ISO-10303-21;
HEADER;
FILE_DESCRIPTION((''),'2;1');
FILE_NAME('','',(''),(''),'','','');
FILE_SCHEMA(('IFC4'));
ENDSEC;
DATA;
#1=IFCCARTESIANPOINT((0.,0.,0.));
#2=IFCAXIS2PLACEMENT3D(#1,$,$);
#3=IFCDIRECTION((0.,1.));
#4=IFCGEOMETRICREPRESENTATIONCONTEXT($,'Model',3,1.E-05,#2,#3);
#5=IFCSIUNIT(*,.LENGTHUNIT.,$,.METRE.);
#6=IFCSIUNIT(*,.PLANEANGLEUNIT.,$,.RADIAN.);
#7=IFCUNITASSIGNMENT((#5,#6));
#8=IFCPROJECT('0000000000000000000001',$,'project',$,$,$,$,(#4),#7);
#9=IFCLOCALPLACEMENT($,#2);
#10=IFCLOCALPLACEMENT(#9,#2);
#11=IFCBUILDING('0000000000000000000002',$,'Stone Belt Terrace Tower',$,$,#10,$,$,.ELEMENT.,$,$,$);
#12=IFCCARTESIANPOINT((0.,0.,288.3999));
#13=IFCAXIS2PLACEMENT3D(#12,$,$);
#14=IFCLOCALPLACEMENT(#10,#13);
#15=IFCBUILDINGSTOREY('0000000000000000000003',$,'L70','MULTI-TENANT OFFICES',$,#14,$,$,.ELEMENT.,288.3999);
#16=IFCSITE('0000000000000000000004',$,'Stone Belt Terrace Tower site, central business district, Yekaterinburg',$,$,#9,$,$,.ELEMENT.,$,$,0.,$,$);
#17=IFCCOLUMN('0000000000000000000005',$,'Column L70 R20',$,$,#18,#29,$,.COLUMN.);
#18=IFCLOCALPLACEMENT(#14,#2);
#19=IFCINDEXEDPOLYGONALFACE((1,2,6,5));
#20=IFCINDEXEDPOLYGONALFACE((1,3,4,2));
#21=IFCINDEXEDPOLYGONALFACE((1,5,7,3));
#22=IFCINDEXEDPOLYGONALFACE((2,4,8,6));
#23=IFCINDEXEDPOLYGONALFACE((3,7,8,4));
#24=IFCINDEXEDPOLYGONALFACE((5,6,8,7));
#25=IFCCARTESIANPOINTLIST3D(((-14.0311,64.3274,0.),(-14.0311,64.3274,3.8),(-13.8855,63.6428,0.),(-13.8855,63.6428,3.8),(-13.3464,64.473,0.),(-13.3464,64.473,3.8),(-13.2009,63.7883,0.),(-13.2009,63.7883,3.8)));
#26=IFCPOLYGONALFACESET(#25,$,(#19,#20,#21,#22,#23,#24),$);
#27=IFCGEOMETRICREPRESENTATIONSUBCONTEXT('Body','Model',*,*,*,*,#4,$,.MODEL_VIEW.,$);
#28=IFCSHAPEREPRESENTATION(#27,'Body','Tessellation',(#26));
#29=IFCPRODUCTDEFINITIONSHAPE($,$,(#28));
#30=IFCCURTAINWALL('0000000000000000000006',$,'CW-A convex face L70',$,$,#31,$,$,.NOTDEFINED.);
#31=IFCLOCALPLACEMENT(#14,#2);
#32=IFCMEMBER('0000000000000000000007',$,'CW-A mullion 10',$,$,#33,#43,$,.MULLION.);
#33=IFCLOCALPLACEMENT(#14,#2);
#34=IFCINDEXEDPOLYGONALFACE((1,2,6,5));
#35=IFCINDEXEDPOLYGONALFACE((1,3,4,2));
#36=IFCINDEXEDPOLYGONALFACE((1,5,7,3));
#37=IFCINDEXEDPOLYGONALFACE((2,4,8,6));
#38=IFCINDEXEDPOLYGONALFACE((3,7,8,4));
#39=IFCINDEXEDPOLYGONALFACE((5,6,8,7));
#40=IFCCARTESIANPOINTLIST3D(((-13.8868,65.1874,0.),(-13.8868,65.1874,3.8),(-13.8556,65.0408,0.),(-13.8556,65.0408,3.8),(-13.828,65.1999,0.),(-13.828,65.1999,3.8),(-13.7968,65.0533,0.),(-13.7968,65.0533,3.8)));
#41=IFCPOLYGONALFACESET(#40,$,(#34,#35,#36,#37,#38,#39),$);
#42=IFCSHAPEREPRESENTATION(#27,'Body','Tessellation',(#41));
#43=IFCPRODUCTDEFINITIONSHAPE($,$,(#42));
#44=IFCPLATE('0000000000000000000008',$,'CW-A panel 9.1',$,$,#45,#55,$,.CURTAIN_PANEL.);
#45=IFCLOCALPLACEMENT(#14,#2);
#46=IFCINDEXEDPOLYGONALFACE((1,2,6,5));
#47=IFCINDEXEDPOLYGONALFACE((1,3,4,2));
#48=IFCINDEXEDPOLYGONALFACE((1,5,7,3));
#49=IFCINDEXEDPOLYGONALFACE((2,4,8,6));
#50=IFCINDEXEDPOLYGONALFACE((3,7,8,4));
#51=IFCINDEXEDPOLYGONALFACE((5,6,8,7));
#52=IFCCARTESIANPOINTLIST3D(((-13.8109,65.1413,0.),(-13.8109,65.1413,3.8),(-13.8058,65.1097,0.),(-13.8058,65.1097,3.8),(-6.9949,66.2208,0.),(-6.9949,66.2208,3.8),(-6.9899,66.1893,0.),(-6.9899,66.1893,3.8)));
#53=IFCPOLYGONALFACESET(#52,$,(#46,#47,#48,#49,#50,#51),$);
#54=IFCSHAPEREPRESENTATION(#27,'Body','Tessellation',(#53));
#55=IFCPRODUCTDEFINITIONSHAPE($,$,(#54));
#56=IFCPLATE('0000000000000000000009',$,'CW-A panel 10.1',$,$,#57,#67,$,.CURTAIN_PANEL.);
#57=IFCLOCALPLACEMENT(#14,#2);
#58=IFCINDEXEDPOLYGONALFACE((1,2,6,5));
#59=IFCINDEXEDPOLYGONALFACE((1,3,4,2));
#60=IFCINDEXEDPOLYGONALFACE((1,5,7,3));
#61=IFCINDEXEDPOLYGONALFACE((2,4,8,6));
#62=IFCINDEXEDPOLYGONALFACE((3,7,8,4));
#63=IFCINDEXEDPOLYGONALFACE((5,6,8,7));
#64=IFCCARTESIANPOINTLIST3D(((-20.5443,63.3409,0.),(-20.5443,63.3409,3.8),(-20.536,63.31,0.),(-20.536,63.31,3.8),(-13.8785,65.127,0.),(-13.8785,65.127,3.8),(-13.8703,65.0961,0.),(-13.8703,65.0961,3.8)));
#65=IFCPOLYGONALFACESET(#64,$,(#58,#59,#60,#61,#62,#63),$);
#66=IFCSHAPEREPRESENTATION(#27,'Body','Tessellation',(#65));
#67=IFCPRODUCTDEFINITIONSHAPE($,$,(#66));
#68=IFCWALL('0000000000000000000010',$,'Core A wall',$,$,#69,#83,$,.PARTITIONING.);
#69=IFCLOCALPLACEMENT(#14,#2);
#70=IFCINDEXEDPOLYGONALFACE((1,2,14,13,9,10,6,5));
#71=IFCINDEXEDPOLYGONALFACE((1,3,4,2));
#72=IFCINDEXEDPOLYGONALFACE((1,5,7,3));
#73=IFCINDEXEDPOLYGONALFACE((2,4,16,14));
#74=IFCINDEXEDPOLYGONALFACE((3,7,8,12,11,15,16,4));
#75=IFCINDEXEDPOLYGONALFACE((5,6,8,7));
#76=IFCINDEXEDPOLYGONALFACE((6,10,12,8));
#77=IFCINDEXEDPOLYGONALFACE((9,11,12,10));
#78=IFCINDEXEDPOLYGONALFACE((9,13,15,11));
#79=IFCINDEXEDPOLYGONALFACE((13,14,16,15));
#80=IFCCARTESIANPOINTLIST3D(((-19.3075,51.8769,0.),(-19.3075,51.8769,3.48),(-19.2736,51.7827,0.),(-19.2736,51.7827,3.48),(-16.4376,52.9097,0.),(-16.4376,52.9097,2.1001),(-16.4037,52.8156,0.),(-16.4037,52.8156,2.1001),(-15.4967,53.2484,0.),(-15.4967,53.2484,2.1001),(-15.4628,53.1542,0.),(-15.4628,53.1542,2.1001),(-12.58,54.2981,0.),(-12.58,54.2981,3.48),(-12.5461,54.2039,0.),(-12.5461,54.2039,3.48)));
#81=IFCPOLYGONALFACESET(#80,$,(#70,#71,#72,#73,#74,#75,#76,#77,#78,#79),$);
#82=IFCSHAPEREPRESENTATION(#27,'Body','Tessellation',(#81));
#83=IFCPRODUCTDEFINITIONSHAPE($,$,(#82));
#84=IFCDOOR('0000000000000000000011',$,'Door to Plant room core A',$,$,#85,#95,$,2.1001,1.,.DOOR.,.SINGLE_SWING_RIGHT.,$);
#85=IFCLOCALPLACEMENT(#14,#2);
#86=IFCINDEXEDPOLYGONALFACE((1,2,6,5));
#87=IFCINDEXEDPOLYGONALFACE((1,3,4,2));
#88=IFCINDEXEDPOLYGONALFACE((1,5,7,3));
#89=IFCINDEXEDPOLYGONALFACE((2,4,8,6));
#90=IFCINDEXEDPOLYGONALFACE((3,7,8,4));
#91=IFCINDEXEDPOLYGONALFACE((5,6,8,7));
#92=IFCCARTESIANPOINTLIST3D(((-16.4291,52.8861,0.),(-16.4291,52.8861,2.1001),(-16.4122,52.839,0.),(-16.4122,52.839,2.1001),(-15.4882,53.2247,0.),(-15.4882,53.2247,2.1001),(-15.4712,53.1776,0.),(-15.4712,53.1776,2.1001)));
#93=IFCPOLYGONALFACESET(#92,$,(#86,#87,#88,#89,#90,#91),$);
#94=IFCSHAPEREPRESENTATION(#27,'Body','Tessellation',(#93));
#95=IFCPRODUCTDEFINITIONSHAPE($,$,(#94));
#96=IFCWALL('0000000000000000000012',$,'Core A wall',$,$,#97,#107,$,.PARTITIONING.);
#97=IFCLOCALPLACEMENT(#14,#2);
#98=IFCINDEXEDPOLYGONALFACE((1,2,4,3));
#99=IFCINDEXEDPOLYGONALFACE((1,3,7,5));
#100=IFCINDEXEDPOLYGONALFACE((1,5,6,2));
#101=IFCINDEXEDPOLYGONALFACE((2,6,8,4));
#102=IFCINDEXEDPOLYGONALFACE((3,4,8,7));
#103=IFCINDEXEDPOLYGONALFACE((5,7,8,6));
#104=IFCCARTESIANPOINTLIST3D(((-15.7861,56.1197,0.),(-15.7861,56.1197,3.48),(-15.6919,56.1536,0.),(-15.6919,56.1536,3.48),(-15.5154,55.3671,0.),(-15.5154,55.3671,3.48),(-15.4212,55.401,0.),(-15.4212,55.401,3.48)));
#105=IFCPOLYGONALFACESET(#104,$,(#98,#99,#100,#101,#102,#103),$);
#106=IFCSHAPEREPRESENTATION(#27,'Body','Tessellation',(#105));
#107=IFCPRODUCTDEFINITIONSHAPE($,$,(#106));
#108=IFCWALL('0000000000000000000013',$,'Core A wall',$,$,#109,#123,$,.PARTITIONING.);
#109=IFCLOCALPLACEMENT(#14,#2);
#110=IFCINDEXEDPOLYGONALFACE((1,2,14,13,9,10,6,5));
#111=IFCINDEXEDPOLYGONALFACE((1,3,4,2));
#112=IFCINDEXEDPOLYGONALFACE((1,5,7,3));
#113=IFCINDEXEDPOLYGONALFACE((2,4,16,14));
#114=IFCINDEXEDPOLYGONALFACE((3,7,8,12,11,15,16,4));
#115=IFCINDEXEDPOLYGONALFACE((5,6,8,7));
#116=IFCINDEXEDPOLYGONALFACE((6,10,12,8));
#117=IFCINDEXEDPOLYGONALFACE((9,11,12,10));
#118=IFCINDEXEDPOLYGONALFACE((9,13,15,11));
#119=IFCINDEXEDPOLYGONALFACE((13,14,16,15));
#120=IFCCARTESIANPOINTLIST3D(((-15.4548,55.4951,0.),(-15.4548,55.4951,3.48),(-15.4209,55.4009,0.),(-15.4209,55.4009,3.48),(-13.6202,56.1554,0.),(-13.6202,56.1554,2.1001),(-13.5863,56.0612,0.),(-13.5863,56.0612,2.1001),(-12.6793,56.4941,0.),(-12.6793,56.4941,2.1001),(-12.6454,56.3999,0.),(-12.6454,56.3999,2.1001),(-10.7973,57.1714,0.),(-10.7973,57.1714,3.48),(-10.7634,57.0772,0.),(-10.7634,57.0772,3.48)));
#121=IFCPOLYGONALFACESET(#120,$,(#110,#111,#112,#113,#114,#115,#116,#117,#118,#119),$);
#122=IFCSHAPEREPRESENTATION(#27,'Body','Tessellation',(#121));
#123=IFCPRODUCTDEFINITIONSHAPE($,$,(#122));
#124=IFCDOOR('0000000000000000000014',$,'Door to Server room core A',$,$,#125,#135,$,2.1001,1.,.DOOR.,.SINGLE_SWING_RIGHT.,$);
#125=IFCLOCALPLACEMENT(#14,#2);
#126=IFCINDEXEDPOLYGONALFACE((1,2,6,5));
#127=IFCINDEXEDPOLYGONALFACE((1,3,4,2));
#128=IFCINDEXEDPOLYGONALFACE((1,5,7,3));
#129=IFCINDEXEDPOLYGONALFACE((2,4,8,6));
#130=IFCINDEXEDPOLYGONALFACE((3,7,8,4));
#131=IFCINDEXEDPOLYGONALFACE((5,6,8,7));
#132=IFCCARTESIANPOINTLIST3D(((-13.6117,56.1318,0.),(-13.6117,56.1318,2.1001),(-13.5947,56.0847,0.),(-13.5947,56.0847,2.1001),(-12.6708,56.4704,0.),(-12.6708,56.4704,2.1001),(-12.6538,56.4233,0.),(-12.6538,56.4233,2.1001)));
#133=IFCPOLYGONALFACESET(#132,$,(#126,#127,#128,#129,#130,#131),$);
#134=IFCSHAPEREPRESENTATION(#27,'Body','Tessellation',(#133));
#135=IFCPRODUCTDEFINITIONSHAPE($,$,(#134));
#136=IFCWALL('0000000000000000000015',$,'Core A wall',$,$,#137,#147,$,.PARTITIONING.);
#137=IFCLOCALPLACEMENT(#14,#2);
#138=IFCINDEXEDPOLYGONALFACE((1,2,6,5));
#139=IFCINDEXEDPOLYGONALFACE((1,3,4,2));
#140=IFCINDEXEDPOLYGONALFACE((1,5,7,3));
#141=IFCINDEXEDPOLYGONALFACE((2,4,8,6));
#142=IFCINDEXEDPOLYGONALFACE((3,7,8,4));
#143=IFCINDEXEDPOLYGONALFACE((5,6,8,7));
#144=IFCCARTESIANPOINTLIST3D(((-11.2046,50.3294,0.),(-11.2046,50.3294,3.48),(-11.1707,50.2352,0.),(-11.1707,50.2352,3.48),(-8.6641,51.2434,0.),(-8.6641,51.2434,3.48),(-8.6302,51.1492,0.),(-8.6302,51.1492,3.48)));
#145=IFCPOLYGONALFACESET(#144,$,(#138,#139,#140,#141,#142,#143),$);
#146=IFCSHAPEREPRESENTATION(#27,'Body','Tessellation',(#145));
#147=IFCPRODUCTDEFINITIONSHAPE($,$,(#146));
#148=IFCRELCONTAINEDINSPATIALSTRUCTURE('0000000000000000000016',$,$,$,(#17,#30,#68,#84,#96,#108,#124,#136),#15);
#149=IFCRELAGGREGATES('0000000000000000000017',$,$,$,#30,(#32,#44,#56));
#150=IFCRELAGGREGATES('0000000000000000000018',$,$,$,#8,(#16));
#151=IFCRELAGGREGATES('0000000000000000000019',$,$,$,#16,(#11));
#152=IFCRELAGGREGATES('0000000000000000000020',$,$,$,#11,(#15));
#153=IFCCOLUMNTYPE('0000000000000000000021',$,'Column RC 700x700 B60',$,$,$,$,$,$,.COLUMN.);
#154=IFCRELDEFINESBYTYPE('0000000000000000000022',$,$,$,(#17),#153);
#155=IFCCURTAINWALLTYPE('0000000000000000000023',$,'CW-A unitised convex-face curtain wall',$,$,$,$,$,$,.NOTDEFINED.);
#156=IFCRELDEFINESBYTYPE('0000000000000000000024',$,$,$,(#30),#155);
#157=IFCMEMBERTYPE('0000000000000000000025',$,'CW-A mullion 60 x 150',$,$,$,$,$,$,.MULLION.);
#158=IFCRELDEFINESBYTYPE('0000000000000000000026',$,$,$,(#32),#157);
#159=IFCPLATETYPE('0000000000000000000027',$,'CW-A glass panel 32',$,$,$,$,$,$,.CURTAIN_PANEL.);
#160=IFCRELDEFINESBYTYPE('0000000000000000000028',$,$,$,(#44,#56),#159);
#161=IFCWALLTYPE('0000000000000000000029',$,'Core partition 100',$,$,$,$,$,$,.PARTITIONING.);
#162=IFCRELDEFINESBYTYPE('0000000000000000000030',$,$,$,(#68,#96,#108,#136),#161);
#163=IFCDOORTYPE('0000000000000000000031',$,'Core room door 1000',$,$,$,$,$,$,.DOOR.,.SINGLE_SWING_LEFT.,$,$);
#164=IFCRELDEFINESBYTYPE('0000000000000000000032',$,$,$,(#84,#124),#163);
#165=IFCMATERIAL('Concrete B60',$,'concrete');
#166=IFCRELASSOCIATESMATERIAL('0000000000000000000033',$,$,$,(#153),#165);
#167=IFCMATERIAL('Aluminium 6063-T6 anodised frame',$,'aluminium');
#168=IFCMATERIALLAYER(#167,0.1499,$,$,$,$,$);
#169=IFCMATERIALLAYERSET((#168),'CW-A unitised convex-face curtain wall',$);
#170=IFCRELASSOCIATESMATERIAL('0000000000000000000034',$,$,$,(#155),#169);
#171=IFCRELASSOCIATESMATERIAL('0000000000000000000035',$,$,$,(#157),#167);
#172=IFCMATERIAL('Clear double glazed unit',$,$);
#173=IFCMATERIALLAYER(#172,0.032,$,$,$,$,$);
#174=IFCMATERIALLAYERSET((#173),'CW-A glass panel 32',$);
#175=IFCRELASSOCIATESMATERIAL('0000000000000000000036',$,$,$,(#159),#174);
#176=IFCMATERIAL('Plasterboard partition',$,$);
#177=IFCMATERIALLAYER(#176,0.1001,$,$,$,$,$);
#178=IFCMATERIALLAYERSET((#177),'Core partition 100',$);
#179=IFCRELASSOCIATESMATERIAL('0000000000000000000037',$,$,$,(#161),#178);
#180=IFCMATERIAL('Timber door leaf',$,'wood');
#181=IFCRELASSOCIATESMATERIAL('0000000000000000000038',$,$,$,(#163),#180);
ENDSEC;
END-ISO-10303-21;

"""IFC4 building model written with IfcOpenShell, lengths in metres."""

from ifc_helpers import new_model, si_unit, direction, frame, frame_2d, origin, origin_2d, place, context, subcontext, project, spatial, rectangle, extrude, material, layer, layer_set, material_profile, profile_set, type_object, element, fill, aggregate, save


model = new_model("IFC4")

# Units and contexts
model_context = context("Model", 3, precision=1e-05, world=origin(), true_north=direction((0.0, 1.0)))
body_context = subcontext(model_context, "Body", "Model", "MODEL_VIEW")
ifc_project = project(units=[si_unit("LENGTHUNIT", "METRE"), si_unit("PLANEANGLEUNIT", "RADIAN")], contexts=[model_context])

# Site, building, storey
site_placement = place(None, origin())
site = spatial("IfcSite", under=ifc_project, at=site_placement, Name="Stone Belt Terrace Tower site, central business district, Yekaterinburg", CompositionType="ELEMENT", RefElevation=0.0)
building_placement = place(site_placement, origin())
building = spatial("IfcBuilding", under=site, at=building_placement, Name="Stone Belt Terrace Tower", CompositionType="ELEMENT")
storey_placement = place(building_placement, frame((0.0, 0.0, 288.3999)))
storey = spatial("IfcBuildingStorey", under=building, at=storey_placement, Name="L70", Description="MULTI-TENANT OFFICES", CompositionType="ELEMENT", Elevation=288.3999)

# Column
ifc_material_1 = material(Name="Concrete B60", Category="concrete")
ifc_material_profile_1 = material_profile(ifc_material_1, rectangle(XDim=0.7, YDim=0.7, at=origin_2d()), Name="RC 700x700")
ifc_profile_set_1 = profile_set([ifc_material_profile_1], Name="Concrete B60")
column_type = type_object("IfcColumnType", Name="Column RC 700x700 B60", PredefinedType="COLUMN", material=ifc_profile_set_1)
column_placement = place(storey_placement, frame((-13.616, 64.0579, 0.0), z_axis=(0.0, 0.0, 1.0), x_axis=(0.978148, 0.207912, 0.0)))
element("IfcColumn", 1, at=column_placement, inside=storey, type_object=column_type, Name="Column L70 R20", PredefinedType="COLUMN", context=body_context, shape_type="SweptSolid", body=[
    extrude(rectangle(XDim=0.7, YDim=0.7, at=origin_2d()), origin(), (0.0, 0.0, 1.0), 3.8),
])

# Curtain wall, member, plates
ifc_material_2 = material(Name="Aluminium 6063-T6 anodised frame", Category="aluminium")
ifc_layer_1 = layer(ifc_material_2, 0.1499)
ifc_layer_set_1 = layer_set([ifc_layer_1], Name="CW-A unitised convex-face curtain wall")
curtain_wall_type = type_object("IfcCurtainWallType", Name="CW-A unitised convex-face curtain wall", PredefinedType="NOTDEFINED", material=ifc_layer_set_1)
curtain_wall_placement = place(storey_placement, origin())
curtain_wall = element("IfcCurtainWall", 2, at=curtain_wall_placement, inside=storey, type_object=curtain_wall_type, Name="CW-A convex face L70", PredefinedType="NOTDEFINED")
ifc_material_profile_2 = material_profile(ifc_material_2, rectangle(XDim=0.1499, YDim=0.0601, at=origin_2d()), Name="Aluminium 6063-T6 60x150")
ifc_profile_set_2 = profile_set([ifc_material_profile_2], Name="Aluminium 6063-T6 anodised frame")
member_type = type_object("IfcMemberType", Name="CW-A mullion 60 x 150", PredefinedType="MULLION", material=ifc_profile_set_2)
member_placement = place(storey_placement, frame((-13.8418, 65.1204, 0.0), z_axis=(0.0, 0.0, 1.0), x_axis=(0.207912, -0.978148, 0.0)))
member = element("IfcMember", 3, at=member_placement, type_object=member_type, Name="CW-A mullion 10", PredefinedType="MULLION", context=body_context, shape_type="SweptSolid", body=[
    extrude(rectangle(XDim=0.1499, YDim=0.0601, at=origin_2d()), origin(), (0.0, 0.0, 1.0), 3.8),
])
ifc_material_3 = material(Name="Clear double glazed unit")
ifc_layer_2 = layer(ifc_material_3, 0.032)
ifc_layer_set_2 = layer_set([ifc_layer_2], Name="CW-A glass panel 32")
plate_type = type_object("IfcPlateType", Name="CW-A glass panel 32", PredefinedType="CURTAIN_PANEL", material=ifc_layer_set_2)
plate_1_placement = place(storey_placement, frame((-10.4004, 65.6653, 0.0), z_axis=(0.0, 0.0, 1.0), x_axis=(-0.987688, -0.156434, 0.0)))
plate_1 = element("IfcPlate", 4, at=plate_1_placement, type_object=plate_type, Name="CW-A panel 9.1", PredefinedType="CURTAIN_PANEL", context=body_context, shape_type="SweptSolid", body=[
    extrude(rectangle(XDim=6.9009, YDim=0.032, at=origin_2d()), origin(), (0.0, 0.0, 1.0), 3.8),
])
plate_2_placement = place(storey_placement, frame((-17.2073, 64.2185, 0.0), z_axis=(0.0, 0.0, 1.0), x_axis=(-0.965926, -0.258819, 0.0)))
plate_2 = element("IfcPlate", 5, at=plate_2_placement, type_object=plate_type, Name="CW-A panel 10.1", PredefinedType="CURTAIN_PANEL", context=body_context, shape_type="SweptSolid", body=[
    extrude(rectangle(XDim=6.9009, YDim=0.032, at=origin_2d()), origin(), (0.0, 0.0, 1.0), 3.8),
])
aggregate(curtain_wall, [member, plate_1, plate_2])

# Wall, opening, door
ifc_material_4 = material(Name="Plasterboard partition")
ifc_layer_3 = layer(ifc_material_4, 0.1001)
ifc_layer_set_3 = layer_set([ifc_layer_3], Name="Core partition 100")
wall_type_1 = type_object("IfcWallType", Name="Core partition 100", PredefinedType="PARTITIONING", material=ifc_layer_set_3)
wall_1_placement = place(storey_placement, frame((-19.2905, 51.8298, 0.0), z_axis=(0.0, 0.0, 1.0), x_axis=(0.940922, 0.338624, 0.0)))
wall_1 = element("IfcWall", 6, at=wall_1_placement, inside=storey, type_object=wall_type_1, Name="Core A wall", PredefinedType="PARTITIONING", context=body_context, shape_type="SweptSolid", body=[
    extrude(rectangle(XDim=7.1499, YDim=0.1001, at=frame_2d((3.575, 0.0))), origin(), (0.0, 0.0, 1.0), 3.48),
])
opening_1_placement = place(wall_1_placement, frame((3.05, 0.0, 0.0)))
opening_1 = element("IfcOpeningElement", 7, at=opening_1_placement, cuts=wall_1, PredefinedType="OPENING", context=body_context, shape_type="SweptSolid", body=[
    extrude(rectangle(XDim=1.0, YDim=2.1001, at=frame_2d((0.5, 1.05))), frame((0.0, 0.0601, 0.0), z_axis=(0.0, -1.0, 0.0), x_axis=(1.0, 0.0, 0.0)), (0.0, 0.0, 1.0), 0.1201),
])
ifc_material_5 = material(Name="Timber door leaf", Category="wood")
door_type_1 = type_object("IfcDoorType", Name="Core room door 1000", OperationType="SINGLE_SWING_LEFT", PredefinedType="DOOR", material=ifc_material_5)
door_1_placement = place(opening_1_placement, origin())
door_1 = element("IfcDoor", 8, at=door_1_placement, inside=storey, type_object=door_type_1, Name="Door to Plant room core A", OperationType="SINGLE_SWING_RIGHT", OverallHeight=2.1001, OverallWidth=1.0, PredefinedType="DOOR", context=body_context, shape_type="SweptSolid", body=[
    extrude(rectangle(XDim=1.0, YDim=2.1001, at=frame_2d((0.5, 1.05))), frame((0.0, 0.0249, 0.0), z_axis=(0.0, -1.0, 0.0), x_axis=(1.0, 0.0, 0.0)), (0.0, 0.0, 1.0), 0.05),
])
fill(opening_1, door_1)

# Wall
wall_2_placement = place(storey_placement, frame((-15.4683, 55.384, 0.0), z_axis=(0.0, 0.0, 1.0), x_axis=(-0.338482, 0.940973, 0.0)))
element("IfcWall", 9, at=wall_2_placement, inside=storey, type_object=wall_type_1, Name="Core A wall", PredefinedType="PARTITIONING", context=body_context, shape_type="SweptSolid", body=[
    extrude(rectangle(XDim=0.7998, YDim=0.1001, at=frame_2d((0.3999, 0.0))), origin(), (0.0, 0.0, 1.0), 3.48),
])

# Wall, opening, door
wall_3_placement = place(storey_placement, frame((-15.438, 55.448, 0.0), z_axis=(0.0, 0.0, 1.0), x_axis=(0.940914, 0.338644, 0.0)))
wall_3 = element("IfcWall", 10, at=wall_3_placement, inside=storey, type_object=wall_type_1, Name="Core A wall", PredefinedType="PARTITIONING", context=body_context, shape_type="SweptSolid", body=[
    extrude(rectangle(XDim=4.95, YDim=0.1001, at=frame_2d((2.4751, 0.0))), origin(), (0.0, 0.0, 1.0), 3.48),
])
opening_2_placement = place(wall_3_placement, frame((1.95, 0.0, 0.0)))
opening_2 = element("IfcOpeningElement", 11, at=opening_2_placement, cuts=wall_3, PredefinedType="OPENING", context=body_context, shape_type="SweptSolid", body=[
    extrude(rectangle(XDim=1.0, YDim=2.1001, at=frame_2d((0.5, 1.05))), frame((0.0, 0.0601, 0.0), z_axis=(0.0, -1.0, 0.0), x_axis=(1.0, 0.0, 0.0)), (0.0, 0.0, 1.0), 0.1201),
])
door_2_placement = place(opening_2_placement, origin())
door_2 = element("IfcDoor", 12, at=door_2_placement, inside=storey, type_object=door_type_1, Name="Door to Server room core A", OperationType="SINGLE_SWING_RIGHT", OverallHeight=2.1001, OverallWidth=1.0, PredefinedType="DOOR", context=body_context, shape_type="SweptSolid", body=[
    extrude(rectangle(XDim=1.0, YDim=2.1001, at=frame_2d((0.5, 1.05))), frame((0.0, 0.0249, 0.0), z_axis=(0.0, -1.0, 0.0), x_axis=(1.0, 0.0, 0.0)), (0.0, 0.0, 1.0), 0.05),
])
fill(opening_2, door_2)

# Wall
wall_4_placement = place(storey_placement, frame((-11.1877, 50.2822, 0.0), z_axis=(0.0, 0.0, 1.0), x_axis=(0.94095, 0.338547, 0.0)))
element("IfcWall", 13, at=wall_4_placement, inside=storey, type_object=wall_type_1, Name="Core A wall", PredefinedType="PARTITIONING", context=body_context, shape_type="SweptSolid", body=[
    extrude(rectangle(XDim=2.7, YDim=0.1001, at=frame_2d((1.3501, 0.0))), origin(), (0.0, 0.0, 1.0), 3.48),
])

save(model, "model.ifc")
